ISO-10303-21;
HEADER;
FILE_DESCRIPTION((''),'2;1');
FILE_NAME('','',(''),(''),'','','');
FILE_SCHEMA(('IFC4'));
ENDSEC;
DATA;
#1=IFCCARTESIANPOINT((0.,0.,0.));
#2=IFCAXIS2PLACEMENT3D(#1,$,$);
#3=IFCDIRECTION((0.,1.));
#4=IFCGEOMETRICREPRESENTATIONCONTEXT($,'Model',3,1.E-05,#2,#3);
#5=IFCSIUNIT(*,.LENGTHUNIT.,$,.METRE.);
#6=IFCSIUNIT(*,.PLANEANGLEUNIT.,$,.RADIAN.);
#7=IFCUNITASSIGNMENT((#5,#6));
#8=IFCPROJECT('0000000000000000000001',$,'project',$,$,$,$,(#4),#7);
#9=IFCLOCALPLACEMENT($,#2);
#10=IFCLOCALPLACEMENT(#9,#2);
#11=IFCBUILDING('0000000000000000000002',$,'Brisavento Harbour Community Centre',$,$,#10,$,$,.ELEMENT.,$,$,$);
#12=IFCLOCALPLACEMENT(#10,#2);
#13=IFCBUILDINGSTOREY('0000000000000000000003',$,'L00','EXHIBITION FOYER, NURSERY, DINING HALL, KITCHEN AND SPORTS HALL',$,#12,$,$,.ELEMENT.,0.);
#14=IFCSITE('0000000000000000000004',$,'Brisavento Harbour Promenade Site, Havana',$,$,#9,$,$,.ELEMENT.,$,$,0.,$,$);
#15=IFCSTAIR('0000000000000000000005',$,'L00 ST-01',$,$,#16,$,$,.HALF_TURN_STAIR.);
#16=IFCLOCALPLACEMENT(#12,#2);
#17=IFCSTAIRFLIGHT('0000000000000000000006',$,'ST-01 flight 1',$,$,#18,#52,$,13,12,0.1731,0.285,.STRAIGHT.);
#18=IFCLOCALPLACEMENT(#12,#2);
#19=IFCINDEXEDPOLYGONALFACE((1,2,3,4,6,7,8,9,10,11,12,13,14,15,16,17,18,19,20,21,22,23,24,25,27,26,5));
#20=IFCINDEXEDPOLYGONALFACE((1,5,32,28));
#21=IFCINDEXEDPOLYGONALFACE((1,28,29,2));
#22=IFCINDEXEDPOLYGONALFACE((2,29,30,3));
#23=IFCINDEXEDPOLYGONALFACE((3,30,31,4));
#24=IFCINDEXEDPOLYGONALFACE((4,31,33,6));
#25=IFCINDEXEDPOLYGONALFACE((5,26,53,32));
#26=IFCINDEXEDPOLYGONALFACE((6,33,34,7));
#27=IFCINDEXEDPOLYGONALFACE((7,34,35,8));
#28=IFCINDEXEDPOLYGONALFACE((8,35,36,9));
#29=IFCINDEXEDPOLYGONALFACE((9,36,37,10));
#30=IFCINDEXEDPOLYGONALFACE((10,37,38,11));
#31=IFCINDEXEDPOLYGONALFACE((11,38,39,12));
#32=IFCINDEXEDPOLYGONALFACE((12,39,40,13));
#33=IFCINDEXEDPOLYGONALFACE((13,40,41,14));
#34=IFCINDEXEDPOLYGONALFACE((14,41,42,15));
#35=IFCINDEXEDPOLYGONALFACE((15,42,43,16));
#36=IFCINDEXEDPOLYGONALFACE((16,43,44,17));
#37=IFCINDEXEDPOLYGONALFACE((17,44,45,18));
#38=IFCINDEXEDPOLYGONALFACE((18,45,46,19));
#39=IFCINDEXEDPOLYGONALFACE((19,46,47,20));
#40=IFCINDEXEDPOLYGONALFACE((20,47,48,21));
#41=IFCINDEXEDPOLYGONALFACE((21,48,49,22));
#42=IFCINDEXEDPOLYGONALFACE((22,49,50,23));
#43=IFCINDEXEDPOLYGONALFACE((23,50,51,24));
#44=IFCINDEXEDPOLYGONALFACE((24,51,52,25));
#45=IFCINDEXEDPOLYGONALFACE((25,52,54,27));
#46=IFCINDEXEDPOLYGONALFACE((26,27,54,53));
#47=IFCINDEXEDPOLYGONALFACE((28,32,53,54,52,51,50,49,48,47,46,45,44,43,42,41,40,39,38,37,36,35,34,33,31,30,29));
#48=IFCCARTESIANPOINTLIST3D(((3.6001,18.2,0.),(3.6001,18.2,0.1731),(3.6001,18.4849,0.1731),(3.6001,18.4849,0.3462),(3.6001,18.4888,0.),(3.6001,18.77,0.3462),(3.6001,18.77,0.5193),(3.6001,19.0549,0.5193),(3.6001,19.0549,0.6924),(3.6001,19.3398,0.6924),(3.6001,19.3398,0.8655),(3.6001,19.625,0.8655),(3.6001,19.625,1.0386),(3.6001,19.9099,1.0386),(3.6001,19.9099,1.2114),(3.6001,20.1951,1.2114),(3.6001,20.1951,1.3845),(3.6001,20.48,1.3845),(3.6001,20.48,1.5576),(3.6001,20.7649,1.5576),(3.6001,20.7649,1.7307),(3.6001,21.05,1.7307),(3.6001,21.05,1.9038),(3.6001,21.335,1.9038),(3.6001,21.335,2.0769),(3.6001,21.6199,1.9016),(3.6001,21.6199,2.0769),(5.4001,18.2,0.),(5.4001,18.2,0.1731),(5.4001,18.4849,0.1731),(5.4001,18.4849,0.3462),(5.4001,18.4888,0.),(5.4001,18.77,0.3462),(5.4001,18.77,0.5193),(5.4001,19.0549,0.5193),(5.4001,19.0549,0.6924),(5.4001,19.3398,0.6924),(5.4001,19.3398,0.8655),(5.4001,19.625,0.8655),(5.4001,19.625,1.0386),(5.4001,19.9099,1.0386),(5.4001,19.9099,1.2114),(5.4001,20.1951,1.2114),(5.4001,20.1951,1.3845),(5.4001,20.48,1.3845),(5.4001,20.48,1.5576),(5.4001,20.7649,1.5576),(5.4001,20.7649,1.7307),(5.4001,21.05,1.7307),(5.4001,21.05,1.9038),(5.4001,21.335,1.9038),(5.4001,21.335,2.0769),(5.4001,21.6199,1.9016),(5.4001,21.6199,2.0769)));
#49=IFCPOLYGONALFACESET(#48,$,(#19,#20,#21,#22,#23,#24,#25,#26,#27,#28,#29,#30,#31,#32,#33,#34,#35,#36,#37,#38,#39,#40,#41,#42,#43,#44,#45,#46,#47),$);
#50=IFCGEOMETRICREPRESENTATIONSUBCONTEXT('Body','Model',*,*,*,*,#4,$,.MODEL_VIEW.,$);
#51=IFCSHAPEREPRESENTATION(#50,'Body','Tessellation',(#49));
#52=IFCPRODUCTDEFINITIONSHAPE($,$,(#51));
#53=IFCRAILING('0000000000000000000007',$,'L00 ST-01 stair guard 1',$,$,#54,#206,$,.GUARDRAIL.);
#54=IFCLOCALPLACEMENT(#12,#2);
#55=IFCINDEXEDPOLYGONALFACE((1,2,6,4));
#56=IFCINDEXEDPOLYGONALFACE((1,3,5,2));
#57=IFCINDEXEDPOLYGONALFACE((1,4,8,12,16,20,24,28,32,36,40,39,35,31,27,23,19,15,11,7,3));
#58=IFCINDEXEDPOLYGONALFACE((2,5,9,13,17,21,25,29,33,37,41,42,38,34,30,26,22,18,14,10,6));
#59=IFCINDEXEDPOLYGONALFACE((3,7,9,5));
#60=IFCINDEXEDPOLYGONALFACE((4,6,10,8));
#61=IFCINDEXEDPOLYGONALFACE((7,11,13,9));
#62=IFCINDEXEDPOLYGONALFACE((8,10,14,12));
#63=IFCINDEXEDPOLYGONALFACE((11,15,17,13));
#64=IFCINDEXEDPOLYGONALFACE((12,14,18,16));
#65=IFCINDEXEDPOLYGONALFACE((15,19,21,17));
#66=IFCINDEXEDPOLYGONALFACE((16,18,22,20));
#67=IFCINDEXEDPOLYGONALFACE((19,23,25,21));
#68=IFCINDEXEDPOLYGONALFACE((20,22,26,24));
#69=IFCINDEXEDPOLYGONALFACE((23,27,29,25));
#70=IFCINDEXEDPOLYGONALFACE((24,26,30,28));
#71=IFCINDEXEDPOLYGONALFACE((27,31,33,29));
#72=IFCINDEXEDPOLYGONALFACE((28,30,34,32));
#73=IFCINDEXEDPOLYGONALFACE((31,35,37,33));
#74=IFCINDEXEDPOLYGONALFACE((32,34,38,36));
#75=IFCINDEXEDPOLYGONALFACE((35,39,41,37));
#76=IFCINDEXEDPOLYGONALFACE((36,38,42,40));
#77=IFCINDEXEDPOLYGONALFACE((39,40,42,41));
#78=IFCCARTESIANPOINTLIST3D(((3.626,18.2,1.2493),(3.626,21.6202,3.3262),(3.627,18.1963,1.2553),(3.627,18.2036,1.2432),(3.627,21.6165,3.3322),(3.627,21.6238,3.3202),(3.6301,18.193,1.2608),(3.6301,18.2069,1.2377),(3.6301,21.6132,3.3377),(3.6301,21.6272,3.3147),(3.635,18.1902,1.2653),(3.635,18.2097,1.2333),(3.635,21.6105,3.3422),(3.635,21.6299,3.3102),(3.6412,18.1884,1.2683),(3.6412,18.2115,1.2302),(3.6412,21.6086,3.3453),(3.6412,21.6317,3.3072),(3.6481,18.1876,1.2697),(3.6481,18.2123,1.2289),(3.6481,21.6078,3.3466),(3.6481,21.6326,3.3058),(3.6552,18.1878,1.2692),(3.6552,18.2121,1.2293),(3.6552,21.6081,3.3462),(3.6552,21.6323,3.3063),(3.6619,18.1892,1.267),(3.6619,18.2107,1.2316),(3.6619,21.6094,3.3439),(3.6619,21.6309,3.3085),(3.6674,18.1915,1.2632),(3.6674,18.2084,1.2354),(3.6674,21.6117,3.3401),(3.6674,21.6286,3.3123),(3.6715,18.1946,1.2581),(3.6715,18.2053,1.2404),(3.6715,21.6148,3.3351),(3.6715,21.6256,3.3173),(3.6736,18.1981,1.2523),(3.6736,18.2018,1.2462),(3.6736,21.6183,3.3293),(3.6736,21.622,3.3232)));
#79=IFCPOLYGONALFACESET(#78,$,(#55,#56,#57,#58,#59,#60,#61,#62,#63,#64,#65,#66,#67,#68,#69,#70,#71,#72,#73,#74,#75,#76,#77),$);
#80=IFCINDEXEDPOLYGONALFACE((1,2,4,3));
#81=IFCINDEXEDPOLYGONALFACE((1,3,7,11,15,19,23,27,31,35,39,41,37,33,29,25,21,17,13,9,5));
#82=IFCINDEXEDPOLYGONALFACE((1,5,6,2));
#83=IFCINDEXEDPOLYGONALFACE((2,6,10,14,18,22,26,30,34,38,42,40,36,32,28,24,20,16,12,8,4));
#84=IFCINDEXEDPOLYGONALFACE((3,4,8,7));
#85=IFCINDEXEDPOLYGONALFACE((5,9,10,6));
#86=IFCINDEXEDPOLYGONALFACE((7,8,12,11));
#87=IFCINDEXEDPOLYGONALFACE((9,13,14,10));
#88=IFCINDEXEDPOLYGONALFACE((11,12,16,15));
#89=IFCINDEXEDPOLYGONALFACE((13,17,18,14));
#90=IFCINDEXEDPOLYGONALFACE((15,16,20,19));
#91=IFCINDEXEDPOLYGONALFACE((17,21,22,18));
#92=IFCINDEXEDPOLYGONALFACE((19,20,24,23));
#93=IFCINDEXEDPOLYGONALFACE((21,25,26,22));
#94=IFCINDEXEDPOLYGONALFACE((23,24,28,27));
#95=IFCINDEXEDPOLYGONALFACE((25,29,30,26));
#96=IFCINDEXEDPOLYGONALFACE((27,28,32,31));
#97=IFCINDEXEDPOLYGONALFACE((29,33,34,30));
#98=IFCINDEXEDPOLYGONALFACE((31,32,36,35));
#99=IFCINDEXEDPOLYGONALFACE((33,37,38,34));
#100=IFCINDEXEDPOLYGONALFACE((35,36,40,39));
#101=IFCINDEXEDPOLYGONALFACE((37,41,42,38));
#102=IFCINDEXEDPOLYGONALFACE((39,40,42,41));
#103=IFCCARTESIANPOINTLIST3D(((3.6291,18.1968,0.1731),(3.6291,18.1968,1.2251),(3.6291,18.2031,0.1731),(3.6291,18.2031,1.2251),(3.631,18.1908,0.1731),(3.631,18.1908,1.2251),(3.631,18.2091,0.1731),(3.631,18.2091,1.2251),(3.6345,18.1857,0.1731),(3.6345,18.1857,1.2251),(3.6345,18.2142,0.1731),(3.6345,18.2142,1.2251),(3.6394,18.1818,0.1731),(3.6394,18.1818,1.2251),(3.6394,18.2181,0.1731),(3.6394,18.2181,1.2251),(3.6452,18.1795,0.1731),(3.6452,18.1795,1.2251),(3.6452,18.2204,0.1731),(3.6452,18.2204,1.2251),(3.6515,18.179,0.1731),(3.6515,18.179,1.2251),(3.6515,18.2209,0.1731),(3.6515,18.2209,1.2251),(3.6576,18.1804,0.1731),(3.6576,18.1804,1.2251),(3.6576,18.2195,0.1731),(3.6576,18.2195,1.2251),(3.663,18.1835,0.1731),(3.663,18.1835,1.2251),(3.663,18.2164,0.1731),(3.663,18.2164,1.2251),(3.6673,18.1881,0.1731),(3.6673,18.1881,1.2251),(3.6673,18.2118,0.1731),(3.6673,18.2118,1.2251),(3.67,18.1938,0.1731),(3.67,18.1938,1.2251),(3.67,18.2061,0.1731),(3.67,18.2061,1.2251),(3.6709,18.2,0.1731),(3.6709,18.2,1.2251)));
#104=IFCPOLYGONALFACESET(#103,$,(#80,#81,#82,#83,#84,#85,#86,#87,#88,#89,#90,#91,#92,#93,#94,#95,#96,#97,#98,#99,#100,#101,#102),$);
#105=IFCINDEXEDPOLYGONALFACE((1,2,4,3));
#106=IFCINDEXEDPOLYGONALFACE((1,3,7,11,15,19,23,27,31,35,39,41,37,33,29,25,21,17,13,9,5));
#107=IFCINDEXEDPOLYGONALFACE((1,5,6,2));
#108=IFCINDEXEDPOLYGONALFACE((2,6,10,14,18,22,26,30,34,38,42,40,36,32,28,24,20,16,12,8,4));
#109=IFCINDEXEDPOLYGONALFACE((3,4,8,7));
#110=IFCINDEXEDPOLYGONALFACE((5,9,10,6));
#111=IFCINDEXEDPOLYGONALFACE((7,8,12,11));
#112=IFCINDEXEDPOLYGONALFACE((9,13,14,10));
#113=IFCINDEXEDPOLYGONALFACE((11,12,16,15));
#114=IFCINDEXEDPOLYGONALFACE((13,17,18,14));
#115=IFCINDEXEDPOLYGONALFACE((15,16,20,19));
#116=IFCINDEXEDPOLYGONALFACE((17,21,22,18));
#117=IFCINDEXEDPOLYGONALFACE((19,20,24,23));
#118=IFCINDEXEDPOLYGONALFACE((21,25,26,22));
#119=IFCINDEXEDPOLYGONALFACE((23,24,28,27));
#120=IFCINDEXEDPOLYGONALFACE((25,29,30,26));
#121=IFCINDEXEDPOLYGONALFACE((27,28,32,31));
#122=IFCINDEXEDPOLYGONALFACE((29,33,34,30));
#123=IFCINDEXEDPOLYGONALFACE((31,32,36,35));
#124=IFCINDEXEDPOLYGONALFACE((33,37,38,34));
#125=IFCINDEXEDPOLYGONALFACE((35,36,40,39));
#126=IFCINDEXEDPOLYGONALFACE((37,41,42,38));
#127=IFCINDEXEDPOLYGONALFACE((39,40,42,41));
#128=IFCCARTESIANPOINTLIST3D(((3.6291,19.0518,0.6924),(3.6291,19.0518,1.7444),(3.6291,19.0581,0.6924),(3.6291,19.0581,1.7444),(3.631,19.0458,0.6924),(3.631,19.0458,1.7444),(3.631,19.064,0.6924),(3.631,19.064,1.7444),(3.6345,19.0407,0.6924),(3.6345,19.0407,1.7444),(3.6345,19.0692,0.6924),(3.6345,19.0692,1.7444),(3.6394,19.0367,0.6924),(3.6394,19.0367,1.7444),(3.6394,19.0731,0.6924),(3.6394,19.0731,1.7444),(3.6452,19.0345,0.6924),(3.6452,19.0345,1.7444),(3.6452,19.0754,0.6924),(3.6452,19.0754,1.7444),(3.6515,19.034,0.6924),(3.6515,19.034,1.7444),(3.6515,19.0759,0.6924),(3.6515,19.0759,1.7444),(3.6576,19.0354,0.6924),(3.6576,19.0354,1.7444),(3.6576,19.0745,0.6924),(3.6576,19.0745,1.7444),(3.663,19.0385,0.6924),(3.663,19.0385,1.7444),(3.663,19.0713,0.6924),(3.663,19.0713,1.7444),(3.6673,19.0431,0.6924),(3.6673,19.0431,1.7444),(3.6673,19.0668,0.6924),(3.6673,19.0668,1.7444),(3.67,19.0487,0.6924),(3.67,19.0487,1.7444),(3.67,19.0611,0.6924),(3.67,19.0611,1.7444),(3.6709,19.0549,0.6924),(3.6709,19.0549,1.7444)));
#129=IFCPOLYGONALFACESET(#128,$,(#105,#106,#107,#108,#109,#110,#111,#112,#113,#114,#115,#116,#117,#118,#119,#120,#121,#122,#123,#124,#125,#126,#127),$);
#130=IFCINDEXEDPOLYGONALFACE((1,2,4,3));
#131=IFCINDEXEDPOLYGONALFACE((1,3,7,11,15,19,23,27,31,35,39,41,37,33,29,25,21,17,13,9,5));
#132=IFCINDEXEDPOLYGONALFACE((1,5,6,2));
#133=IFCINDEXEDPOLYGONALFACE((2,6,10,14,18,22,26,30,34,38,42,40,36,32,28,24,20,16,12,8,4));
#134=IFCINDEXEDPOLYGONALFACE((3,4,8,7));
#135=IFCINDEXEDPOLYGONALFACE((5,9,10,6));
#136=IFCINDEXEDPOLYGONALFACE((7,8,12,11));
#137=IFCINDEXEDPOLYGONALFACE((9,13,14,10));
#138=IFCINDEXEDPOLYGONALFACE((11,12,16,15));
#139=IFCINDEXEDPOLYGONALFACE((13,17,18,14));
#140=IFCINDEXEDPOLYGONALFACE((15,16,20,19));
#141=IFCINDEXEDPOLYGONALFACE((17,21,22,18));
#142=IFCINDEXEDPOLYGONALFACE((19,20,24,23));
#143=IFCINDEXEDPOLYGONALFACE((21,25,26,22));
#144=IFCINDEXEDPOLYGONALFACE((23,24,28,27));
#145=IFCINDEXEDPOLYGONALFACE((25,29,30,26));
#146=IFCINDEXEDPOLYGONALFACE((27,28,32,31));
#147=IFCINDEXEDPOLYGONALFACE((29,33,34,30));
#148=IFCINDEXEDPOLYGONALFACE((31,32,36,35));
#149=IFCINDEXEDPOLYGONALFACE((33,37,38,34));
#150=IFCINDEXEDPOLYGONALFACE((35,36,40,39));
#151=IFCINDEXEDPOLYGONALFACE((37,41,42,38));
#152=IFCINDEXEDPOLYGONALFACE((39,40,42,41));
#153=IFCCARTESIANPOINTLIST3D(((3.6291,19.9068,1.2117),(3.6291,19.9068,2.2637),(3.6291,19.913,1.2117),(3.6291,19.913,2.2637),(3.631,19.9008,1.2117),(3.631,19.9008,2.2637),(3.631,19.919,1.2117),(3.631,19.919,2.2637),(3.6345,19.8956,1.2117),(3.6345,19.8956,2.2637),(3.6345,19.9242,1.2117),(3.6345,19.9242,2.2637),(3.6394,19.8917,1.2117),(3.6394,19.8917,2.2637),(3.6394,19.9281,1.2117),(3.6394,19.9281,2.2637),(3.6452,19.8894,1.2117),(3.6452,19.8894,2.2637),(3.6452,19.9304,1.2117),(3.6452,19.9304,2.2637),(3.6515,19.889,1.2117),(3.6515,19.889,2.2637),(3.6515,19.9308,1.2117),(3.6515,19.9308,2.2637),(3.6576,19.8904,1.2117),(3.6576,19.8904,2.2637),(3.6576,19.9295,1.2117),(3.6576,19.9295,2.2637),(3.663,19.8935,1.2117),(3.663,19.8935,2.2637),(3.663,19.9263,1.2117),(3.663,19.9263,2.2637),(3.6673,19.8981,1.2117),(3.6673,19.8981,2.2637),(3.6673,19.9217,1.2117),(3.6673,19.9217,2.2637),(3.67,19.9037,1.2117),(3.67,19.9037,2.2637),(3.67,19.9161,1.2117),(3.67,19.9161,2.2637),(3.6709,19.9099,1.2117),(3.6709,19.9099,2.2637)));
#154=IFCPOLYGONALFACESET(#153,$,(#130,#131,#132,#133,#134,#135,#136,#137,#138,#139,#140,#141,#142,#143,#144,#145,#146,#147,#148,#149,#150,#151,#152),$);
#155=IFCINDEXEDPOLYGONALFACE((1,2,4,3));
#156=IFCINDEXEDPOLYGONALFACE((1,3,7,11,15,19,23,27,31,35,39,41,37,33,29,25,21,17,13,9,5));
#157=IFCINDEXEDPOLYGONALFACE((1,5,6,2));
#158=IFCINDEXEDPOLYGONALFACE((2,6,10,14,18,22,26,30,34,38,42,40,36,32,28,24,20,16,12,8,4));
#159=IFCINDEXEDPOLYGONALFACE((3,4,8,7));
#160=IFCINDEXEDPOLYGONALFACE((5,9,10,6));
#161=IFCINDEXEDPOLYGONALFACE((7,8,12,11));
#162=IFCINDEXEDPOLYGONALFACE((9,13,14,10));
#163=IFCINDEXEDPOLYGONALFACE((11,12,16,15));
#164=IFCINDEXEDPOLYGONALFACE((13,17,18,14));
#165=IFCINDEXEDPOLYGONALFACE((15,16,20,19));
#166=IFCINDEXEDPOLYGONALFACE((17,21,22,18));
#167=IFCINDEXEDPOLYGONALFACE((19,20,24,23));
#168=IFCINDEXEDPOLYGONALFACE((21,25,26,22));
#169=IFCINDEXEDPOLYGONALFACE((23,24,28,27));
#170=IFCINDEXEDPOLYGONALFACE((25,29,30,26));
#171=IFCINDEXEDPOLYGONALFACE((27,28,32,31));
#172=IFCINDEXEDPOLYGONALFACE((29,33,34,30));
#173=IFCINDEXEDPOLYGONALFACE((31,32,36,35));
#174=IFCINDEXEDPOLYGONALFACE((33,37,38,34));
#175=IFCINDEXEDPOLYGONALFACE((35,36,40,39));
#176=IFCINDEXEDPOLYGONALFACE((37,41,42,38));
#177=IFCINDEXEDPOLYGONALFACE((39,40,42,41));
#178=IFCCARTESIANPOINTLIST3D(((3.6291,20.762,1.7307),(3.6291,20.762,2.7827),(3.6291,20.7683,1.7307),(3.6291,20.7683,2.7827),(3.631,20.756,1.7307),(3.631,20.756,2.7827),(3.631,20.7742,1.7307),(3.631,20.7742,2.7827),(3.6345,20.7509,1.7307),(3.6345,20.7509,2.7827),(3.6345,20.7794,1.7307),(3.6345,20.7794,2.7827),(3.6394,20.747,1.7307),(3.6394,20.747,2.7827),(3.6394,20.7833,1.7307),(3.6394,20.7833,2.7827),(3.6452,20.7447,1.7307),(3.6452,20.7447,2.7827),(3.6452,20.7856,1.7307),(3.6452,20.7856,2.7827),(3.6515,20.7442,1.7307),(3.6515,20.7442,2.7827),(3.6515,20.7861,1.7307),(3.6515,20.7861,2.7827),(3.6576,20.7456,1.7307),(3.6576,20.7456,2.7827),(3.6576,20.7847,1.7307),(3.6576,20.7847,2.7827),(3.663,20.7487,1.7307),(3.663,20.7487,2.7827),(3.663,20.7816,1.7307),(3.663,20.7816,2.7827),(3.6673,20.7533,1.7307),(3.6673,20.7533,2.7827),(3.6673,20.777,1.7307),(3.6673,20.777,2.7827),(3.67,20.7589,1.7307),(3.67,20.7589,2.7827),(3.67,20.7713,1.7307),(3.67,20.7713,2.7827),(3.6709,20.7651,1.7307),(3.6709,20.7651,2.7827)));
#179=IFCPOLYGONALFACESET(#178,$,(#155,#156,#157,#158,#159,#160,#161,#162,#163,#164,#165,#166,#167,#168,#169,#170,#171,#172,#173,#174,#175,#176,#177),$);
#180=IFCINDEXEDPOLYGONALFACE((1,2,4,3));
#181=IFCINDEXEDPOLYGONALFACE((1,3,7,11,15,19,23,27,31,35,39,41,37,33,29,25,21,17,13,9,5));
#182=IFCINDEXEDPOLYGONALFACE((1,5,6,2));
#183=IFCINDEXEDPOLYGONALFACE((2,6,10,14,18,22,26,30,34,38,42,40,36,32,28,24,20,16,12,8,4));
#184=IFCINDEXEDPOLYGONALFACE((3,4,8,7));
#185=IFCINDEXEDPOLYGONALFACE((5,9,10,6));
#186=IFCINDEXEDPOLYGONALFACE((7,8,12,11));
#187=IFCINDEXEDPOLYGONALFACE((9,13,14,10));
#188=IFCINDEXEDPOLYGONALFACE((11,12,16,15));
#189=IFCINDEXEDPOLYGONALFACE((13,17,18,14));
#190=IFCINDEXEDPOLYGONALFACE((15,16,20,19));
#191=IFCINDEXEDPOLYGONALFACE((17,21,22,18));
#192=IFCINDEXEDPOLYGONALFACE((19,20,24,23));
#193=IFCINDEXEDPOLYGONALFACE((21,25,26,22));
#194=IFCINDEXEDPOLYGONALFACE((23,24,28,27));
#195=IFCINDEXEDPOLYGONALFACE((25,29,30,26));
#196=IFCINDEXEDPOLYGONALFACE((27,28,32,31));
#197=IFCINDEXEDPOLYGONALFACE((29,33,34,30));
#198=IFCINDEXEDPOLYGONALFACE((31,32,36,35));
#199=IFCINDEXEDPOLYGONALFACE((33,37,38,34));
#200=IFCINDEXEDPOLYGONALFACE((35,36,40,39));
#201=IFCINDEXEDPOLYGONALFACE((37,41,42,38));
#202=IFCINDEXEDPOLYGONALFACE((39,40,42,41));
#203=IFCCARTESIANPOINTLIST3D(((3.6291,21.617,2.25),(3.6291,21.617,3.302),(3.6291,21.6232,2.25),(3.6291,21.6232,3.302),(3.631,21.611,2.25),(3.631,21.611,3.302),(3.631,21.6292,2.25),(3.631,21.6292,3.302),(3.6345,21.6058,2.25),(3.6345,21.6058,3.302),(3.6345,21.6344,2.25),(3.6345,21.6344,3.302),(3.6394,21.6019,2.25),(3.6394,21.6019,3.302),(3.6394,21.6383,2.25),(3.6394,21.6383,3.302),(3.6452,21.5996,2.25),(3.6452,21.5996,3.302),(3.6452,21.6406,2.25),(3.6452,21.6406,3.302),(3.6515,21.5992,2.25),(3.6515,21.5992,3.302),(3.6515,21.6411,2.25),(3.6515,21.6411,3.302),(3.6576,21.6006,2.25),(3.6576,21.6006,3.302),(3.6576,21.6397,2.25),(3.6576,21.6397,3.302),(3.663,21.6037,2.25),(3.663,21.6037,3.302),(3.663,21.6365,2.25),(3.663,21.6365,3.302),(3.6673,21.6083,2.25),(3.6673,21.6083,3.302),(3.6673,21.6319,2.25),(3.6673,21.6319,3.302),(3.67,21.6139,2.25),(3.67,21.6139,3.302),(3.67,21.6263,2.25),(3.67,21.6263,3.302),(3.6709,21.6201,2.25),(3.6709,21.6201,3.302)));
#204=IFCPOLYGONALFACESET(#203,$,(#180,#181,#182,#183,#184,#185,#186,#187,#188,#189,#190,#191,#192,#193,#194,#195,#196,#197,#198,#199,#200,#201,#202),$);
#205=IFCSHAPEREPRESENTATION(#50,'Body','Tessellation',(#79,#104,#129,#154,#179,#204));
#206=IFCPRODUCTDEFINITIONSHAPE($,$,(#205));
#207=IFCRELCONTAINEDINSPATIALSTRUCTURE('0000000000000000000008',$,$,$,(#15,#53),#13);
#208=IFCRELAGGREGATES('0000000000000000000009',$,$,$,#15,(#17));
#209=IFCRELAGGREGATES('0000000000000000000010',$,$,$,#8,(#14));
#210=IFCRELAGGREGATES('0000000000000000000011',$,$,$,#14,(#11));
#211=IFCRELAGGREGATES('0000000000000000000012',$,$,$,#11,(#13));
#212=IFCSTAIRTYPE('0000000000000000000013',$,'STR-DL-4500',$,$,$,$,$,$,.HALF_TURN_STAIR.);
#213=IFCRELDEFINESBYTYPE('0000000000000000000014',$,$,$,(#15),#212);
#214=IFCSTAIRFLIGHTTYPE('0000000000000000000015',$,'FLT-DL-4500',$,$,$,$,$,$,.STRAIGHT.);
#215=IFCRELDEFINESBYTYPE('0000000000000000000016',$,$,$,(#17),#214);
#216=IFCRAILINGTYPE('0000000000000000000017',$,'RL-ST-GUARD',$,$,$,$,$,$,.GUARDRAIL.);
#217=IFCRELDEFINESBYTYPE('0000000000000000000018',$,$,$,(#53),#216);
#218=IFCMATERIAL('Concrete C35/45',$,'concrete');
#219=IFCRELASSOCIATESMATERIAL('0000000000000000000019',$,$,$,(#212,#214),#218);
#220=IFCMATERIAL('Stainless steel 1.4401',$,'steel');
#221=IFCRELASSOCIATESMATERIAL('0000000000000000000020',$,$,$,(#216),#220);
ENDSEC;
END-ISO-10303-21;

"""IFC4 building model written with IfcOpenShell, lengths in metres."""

from ifc_helpers import new_model, si_unit, direction, frame, origin, origin_2d, place, context, subcontext, project, spatial, polyline, circle, outline, extrude, material, type_object, element, aggregate, save


model = new_model("IFC4")

# Units and contexts
model_context = context("Model", 3, precision=1e-05, world=origin(), true_north=direction((0.0, 1.0)))
body_context = subcontext(model_context, "Body", "Model", "MODEL_VIEW")
ifc_project = project(units=[si_unit("LENGTHUNIT", "METRE"), si_unit("PLANEANGLEUNIT", "RADIAN")], contexts=[model_context])

# Site, building, storey
site_placement = place(None, origin())
site = spatial("IfcSite", under=ifc_project, at=site_placement, Name="Brisavento Harbour Promenade Site, Havana", CompositionType="ELEMENT", RefElevation=0.0)
building_placement = place(site_placement, origin())
building = spatial("IfcBuilding", under=site, at=building_placement, Name="Brisavento Harbour Community Centre", CompositionType="ELEMENT")
storey_placement = place(building_placement, origin())
storey = spatial("IfcBuildingStorey", under=building, at=storey_placement, Name="L00", Description="EXHIBITION FOYER, NURSERY, DINING HALL, KITCHEN AND SPORTS HALL", CompositionType="ELEMENT", Elevation=0.0)

# Shared definitions
ifc_material_1 = material(Name="Concrete C35/45", Category="concrete")

# Shared definitions
ifc_material_2 = material(Name="Stainless steel 1.4401", Category="steel")

# Stair, stair flight
stair_type = type_object("IfcStairType", Name="STR-DL-4500", PredefinedType="HALF_TURN_STAIR", material=ifc_material_1)
stair_placement = place(storey_placement, origin())
stair = element("IfcStair", 1, at=stair_placement, inside=storey, type_object=stair_type, Name="L00 ST-01", PredefinedType="HALF_TURN_STAIR")
stair_flight_type = type_object("IfcStairFlightType", Name="FLT-DL-4500", PredefinedType="STRAIGHT", material=ifc_material_1)
stair_flight_placement = place(storey_placement, frame((4.5, 18.2, 0.0), z_axis=(0.0, 0.0, 1.0), x_axis=(0.0, 1.0, 0.0)))
stair_flight = element("IfcStairFlight", 2, at=stair_flight_placement, type_object=stair_flight_type, Name="ST-01 flight 1", NumberOfRisers=13, NumberOfTreads=12, PredefinedType="STRAIGHT", RiserHeight=0.1731, TreadLength=0.285, context=body_context, shape_type="SweptSolid", body=[
    extrude(outline(polyline([(0.0, 0.0), (0.0, 0.1731), (0.2849, 0.1731), (0.2849, 0.3462), (0.5701, 0.3462), (0.5701, 0.5193), (0.855, 0.5193), (0.855, 0.6924), (1.1399, 0.6924), (1.1399, 0.8655), (1.425, 0.8655), (1.425, 1.0386), (1.71, 1.0386), (1.71, 1.2114), (1.9951, 1.2114), (1.9951, 1.3845), (2.28, 1.3845), (2.28, 1.5576), (2.5649, 1.5576), (2.5649, 1.7307), (2.8501, 1.7307), (2.8501, 1.9038), (3.135, 1.9038), (3.135, 2.0769), (3.4199, 2.0769), (3.4199, 2.25), (3.4199, 1.9016), (0.2888, 0.0), (0.0, 0.0)])), frame((0.0, 0.8999, 0.0), z_axis=(0.0, -1.0, 0.0), x_axis=(1.0, 0.0, 0.0)), (0.0, 0.0, 1.0), 1.8),
])
aggregate(stair, [stair_flight])

# Railing
railing_type_1 = type_object("IfcRailingType", Name="RL-ST-GUARD", PredefinedType="GUARDRAIL", material=ifc_material_2)
railing_1_placement = place(storey_placement, frame((3.6499, 18.2, 0.1731)))
element("IfcRailing", 3, at=railing_1_placement, inside=storey, type_object=railing_type_1, Name="L00 ST-01 stair guard 1", PredefinedType="GUARDRAIL", context=body_context, shape_type="SweptSolid", body=[
    extrude(circle(Radius=0.0239, at=origin_2d()), frame((0.0, 0.0, 1.0762), z_axis=(0.0, 0.854746, 0.519047), x_axis=(-1.0, 0.0, 0.0)), (0.0, 0.0, 1.0), 4.0015),
    extrude(circle(Radius=0.021, at=origin_2d()), origin(), (0.0, 0.0, 1.0), 1.052),
    extrude(circle(Radius=0.021, at=origin_2d()), frame((0.0, 0.855, 0.5193)), (0.0, 0.0, 1.0), 1.052),
    extrude(circle(Radius=0.021, at=origin_2d()), frame((0.0, 1.71, 1.0386)), (0.0, 0.0, 1.0), 1.052),
    extrude(circle(Radius=0.021, at=origin_2d()), frame((0.0, 2.5652, 1.5576)), (0.0, 0.0, 1.0), 1.052),
    extrude(circle(Radius=0.021, at=origin_2d()), frame((0.0, 3.4202, 2.0769)), (0.0, 0.0, 1.0), 1.052),
])

save(model, "model.ifc")
